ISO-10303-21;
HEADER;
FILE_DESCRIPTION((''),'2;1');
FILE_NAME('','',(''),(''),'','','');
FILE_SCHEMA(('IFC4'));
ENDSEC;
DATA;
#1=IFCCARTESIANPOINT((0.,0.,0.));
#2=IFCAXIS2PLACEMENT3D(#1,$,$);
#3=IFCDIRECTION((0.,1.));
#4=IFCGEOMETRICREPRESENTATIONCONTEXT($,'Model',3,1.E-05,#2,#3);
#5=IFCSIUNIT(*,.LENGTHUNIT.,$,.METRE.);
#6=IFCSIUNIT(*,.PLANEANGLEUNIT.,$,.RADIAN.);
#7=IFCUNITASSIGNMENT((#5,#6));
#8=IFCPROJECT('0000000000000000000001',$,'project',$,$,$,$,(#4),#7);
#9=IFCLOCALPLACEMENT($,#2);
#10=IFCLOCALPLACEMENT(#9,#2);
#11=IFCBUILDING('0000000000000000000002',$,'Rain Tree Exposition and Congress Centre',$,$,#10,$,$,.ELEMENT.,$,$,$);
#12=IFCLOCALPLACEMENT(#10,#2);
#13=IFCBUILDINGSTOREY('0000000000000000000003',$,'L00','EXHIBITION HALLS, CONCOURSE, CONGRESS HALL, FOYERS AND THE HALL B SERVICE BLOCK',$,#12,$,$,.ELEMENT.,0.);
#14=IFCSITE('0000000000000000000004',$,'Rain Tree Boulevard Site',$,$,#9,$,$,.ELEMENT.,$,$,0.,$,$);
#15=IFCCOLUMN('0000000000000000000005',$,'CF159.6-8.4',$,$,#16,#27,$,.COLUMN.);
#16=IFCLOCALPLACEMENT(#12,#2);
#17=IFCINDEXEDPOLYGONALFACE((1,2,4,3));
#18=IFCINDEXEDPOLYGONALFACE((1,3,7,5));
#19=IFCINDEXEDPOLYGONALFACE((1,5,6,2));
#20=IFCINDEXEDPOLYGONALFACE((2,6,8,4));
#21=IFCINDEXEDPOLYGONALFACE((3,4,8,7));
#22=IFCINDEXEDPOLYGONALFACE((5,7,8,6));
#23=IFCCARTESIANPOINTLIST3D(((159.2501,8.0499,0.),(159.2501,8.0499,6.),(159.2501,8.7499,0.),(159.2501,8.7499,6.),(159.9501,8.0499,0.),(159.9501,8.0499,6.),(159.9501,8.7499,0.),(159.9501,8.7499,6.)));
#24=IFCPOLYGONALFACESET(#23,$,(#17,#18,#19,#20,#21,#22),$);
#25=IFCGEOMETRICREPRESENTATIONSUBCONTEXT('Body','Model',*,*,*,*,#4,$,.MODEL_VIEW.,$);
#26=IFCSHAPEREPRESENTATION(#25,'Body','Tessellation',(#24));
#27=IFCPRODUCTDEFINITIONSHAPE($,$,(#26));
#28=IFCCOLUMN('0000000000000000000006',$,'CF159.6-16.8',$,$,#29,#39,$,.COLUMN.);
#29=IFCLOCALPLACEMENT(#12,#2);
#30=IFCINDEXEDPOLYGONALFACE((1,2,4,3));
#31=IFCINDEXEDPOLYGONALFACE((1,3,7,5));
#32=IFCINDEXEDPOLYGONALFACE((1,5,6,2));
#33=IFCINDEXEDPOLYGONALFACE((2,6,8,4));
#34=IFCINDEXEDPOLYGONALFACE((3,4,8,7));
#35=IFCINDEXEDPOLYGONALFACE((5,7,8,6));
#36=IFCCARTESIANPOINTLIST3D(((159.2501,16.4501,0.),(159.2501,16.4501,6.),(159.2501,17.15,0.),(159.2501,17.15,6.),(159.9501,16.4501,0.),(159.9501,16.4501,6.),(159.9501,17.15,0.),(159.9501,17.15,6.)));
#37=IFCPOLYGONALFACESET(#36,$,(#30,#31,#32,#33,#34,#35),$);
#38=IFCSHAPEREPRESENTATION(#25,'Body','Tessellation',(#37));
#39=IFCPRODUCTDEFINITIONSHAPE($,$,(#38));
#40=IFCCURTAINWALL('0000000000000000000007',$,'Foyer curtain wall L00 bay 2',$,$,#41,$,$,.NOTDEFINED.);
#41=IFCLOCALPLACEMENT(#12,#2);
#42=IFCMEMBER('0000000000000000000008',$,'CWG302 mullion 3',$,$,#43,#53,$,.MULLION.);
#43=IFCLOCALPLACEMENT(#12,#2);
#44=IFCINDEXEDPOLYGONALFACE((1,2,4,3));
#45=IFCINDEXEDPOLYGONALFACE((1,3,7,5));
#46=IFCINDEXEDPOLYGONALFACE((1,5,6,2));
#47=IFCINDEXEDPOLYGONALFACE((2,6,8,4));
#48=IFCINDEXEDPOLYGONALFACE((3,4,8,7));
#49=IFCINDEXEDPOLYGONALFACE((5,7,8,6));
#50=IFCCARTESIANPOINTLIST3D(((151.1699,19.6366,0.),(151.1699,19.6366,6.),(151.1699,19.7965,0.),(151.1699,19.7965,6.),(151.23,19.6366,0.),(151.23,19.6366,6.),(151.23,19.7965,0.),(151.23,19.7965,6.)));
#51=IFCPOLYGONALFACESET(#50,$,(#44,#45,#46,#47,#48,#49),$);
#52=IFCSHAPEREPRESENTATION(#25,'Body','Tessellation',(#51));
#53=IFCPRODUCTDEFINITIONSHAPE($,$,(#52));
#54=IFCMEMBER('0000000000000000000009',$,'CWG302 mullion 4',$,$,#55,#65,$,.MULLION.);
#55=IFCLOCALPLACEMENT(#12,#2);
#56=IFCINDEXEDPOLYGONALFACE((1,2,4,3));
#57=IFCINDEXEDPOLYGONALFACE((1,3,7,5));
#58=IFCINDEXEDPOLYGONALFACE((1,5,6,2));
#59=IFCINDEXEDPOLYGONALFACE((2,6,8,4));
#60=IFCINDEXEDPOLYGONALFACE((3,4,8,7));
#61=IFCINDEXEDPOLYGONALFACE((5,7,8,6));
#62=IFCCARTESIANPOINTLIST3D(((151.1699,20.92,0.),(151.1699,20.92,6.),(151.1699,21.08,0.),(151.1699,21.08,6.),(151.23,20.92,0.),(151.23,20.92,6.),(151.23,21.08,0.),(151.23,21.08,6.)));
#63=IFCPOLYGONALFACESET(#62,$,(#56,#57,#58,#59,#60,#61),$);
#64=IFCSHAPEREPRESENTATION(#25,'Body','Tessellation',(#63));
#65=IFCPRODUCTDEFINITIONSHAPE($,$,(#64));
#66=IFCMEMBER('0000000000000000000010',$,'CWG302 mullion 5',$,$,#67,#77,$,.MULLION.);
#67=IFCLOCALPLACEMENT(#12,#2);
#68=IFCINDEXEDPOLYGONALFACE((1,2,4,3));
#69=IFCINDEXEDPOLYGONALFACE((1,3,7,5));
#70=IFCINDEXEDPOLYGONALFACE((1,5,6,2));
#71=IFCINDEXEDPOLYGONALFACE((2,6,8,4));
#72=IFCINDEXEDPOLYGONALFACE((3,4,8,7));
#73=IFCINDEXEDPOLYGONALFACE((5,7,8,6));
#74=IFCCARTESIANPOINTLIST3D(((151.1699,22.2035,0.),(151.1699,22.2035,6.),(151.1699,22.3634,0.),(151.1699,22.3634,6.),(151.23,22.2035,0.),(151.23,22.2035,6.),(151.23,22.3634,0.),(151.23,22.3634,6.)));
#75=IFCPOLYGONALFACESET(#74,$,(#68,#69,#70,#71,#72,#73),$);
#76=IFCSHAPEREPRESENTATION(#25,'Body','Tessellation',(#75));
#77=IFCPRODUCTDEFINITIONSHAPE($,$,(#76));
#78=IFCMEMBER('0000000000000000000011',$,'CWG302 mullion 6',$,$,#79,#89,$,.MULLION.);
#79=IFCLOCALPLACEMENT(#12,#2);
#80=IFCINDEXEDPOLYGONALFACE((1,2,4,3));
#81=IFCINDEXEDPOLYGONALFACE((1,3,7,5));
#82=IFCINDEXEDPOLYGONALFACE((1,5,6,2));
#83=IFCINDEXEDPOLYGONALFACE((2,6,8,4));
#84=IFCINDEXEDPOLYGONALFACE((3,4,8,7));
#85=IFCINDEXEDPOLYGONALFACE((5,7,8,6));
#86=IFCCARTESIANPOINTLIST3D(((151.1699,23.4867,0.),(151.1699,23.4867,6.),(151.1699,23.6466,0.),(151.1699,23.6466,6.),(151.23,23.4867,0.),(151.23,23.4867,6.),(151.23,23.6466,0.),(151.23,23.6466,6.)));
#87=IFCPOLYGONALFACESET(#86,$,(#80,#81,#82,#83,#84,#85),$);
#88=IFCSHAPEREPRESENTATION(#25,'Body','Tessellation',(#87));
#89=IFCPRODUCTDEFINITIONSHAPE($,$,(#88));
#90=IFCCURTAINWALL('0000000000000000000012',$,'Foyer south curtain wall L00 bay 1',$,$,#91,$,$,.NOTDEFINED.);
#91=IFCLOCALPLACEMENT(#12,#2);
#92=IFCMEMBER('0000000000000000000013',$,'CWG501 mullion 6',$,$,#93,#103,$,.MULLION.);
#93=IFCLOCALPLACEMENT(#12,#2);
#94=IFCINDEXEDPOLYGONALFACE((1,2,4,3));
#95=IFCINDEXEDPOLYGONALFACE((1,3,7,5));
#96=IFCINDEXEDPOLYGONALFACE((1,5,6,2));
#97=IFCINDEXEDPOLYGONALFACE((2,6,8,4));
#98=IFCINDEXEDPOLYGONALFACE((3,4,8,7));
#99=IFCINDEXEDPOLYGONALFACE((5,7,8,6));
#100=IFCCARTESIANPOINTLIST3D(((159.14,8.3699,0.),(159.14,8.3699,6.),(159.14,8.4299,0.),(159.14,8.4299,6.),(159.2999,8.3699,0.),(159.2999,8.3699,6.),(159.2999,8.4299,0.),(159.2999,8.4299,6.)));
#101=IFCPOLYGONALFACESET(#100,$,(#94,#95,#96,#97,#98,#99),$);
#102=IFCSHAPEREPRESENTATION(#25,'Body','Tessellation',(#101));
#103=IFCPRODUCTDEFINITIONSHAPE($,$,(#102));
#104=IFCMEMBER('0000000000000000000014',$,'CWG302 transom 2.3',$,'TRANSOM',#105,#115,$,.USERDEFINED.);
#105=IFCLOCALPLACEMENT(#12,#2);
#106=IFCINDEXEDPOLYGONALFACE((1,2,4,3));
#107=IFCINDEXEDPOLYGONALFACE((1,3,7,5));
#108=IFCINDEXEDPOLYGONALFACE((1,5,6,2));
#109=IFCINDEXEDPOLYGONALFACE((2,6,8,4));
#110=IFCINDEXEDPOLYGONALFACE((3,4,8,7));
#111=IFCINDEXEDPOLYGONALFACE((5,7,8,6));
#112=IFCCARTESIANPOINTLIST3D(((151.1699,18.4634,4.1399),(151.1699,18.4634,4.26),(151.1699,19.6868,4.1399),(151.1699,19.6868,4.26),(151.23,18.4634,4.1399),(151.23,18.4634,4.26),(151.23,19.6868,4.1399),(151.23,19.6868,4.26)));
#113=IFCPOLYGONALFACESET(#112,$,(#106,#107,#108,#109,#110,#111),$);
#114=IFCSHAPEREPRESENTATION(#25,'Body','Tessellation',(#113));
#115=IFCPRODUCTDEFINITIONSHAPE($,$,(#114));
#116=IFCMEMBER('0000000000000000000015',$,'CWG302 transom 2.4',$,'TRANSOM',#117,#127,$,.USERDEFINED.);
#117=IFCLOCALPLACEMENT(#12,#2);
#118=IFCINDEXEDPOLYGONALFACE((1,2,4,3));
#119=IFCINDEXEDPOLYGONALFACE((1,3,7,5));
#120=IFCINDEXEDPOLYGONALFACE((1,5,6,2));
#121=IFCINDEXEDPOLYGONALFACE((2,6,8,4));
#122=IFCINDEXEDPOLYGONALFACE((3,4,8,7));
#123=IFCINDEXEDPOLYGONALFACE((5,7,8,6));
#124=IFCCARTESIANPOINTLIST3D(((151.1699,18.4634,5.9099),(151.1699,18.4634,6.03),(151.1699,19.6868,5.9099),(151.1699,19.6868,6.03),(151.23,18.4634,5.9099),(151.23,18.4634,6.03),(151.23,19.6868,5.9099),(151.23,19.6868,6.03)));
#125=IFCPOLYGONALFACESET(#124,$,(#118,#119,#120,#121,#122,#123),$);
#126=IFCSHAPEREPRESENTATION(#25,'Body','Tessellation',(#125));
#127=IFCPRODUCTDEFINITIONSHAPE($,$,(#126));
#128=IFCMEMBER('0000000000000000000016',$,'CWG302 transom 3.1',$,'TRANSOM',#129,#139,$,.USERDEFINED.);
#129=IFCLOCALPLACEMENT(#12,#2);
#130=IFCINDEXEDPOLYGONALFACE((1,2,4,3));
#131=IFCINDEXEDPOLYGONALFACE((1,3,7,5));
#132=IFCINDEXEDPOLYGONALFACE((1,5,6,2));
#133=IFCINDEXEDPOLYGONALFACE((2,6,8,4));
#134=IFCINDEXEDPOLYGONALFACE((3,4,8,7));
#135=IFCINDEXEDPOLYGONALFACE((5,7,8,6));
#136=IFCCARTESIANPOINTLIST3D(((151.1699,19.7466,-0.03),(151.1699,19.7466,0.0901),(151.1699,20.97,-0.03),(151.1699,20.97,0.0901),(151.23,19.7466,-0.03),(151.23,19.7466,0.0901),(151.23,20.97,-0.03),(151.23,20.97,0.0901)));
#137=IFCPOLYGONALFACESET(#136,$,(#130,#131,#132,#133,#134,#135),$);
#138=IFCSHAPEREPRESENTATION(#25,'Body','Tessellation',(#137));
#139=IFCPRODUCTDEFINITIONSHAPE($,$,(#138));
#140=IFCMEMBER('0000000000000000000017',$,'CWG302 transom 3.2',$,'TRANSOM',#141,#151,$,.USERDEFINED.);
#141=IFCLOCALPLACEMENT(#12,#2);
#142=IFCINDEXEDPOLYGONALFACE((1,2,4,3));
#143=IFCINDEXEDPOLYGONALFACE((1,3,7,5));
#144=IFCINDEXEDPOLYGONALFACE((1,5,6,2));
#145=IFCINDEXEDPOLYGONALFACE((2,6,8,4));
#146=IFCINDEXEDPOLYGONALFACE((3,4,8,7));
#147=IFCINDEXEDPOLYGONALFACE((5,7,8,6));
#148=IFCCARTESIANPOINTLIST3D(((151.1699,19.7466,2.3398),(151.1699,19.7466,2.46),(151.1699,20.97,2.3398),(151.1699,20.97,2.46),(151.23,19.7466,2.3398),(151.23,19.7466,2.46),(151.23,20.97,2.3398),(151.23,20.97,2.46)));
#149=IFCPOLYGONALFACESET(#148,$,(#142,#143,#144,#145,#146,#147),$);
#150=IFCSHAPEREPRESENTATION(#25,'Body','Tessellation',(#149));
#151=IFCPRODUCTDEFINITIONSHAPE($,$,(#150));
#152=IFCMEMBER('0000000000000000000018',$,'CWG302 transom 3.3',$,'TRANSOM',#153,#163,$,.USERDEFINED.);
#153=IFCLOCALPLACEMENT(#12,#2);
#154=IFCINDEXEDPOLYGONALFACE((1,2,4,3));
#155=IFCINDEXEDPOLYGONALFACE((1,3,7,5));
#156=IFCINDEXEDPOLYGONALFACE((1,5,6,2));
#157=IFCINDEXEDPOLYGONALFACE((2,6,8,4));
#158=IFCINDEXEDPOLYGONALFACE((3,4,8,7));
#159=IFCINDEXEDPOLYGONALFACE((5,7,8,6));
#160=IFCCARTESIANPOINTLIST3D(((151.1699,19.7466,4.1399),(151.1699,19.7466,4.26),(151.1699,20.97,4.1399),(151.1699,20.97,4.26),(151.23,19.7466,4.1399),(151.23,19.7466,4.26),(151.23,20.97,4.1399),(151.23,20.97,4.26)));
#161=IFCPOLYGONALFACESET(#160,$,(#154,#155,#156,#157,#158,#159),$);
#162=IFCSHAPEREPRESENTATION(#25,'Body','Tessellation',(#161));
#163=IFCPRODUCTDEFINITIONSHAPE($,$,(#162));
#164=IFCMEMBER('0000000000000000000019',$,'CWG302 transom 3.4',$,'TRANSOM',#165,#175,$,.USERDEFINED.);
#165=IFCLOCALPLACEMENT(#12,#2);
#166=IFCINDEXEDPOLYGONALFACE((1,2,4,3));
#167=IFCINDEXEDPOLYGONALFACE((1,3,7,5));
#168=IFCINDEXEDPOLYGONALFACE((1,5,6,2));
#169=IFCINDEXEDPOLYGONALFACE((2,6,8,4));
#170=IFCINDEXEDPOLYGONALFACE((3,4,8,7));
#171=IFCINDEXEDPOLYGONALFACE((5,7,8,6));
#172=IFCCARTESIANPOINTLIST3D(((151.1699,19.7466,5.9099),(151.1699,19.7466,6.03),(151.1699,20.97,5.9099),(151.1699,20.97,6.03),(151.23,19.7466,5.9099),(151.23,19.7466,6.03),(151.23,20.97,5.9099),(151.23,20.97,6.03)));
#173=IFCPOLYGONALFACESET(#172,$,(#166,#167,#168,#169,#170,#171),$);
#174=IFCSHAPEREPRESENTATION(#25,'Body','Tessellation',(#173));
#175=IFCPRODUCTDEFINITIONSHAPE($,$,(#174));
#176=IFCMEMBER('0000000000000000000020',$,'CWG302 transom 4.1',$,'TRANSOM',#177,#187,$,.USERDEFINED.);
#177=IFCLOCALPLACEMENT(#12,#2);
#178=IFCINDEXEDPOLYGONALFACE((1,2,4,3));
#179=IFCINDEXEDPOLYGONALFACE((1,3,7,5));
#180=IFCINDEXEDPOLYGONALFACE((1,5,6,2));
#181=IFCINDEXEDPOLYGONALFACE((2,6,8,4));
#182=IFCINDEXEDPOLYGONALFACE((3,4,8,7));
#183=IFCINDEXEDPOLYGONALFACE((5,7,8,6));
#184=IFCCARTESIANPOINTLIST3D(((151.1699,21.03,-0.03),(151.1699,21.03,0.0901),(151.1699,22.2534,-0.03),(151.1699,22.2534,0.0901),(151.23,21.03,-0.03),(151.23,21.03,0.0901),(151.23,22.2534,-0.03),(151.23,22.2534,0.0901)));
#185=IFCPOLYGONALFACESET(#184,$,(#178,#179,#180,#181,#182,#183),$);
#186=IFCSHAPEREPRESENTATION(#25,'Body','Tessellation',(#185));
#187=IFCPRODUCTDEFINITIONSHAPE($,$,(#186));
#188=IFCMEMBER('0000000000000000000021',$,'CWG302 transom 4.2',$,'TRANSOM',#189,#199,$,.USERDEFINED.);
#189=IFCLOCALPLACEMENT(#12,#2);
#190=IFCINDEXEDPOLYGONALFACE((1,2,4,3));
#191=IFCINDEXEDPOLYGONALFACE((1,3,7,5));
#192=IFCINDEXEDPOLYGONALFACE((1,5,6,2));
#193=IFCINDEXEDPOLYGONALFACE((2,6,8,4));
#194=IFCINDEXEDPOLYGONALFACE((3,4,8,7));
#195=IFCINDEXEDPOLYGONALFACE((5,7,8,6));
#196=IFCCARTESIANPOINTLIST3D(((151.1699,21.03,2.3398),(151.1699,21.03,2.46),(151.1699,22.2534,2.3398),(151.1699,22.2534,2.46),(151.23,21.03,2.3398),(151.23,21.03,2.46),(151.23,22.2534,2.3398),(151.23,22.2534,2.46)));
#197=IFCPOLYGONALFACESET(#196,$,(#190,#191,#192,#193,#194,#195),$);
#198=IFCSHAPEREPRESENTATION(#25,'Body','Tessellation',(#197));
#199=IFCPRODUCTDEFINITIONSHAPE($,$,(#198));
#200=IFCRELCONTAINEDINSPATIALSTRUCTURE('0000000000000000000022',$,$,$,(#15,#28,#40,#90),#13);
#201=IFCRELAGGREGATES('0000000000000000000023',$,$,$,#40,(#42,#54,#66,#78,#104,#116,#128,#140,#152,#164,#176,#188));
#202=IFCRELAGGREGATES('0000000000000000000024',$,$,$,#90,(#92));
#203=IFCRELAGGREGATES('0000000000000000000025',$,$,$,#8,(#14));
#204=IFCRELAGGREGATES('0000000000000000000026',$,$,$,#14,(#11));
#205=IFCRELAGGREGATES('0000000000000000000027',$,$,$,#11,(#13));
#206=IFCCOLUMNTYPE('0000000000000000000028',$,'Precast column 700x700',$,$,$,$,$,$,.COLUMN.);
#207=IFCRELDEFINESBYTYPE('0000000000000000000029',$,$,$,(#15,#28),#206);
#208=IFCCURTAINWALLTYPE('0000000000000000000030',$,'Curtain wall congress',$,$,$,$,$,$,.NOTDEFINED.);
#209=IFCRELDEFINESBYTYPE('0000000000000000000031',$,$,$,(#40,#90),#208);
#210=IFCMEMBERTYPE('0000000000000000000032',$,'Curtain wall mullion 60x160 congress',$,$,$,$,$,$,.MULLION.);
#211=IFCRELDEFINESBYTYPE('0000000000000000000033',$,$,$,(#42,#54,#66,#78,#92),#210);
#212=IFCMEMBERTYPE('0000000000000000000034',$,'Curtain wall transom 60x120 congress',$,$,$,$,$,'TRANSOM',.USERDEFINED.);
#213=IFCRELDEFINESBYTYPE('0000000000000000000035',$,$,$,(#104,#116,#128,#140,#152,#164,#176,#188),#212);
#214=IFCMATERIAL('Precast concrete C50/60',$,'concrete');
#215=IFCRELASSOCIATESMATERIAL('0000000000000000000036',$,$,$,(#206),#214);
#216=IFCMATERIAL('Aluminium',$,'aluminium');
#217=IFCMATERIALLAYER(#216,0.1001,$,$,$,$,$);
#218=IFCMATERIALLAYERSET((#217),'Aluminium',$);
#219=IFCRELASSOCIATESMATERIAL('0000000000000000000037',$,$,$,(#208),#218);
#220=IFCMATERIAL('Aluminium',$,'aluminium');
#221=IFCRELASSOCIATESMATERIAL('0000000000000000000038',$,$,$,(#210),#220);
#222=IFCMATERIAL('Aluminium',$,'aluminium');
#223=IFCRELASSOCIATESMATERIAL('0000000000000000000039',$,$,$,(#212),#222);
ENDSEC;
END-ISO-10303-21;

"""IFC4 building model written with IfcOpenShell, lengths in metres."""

from ifc_helpers import new_model, si_unit, direction, frame, origin, origin_2d, place, context, subcontext, project, spatial, rectangle, extrude, material, layer, layer_set, material_profile, profile_set, type_object, element, aggregate, save


model = new_model("IFC4")

# Units and contexts
model_context = context("Model", 3, precision=1e-05, world=origin(), true_north=direction((0.0, 1.0)))
body_context = subcontext(model_context, "Body", "Model", "MODEL_VIEW")
ifc_project = project(units=[si_unit("LENGTHUNIT", "METRE"), si_unit("PLANEANGLEUNIT", "RADIAN")], contexts=[model_context])

# Site, building, storey
site_placement = place(None, origin())
site = spatial("IfcSite", under=ifc_project, at=site_placement, Name="Rain Tree Boulevard Site", CompositionType="ELEMENT", RefElevation=0.0)
building_placement = place(site_placement, origin())
building = spatial("IfcBuilding", under=site, at=building_placement, Name="Rain Tree Exposition and Congress Centre", CompositionType="ELEMENT")
storey_placement = place(building_placement, origin())
storey = spatial("IfcBuildingStorey", under=building, at=storey_placement, Name="L00", Description="EXHIBITION HALLS, CONCOURSE, CONGRESS HALL, FOYERS AND THE HALL B SERVICE BLOCK", CompositionType="ELEMENT", Elevation=0.0)

# Columns
ifc_material_1 = material(Name="Precast concrete C50/60", Category="concrete")
ifc_material_profile_1 = material_profile(ifc_material_1, rectangle(XDim=0.7, YDim=0.7, at=origin_2d()), Name="RC 700x700")
ifc_profile_set_1 = profile_set([ifc_material_profile_1], Name="Precast concrete C50/60")
column_type = type_object("IfcColumnType", Name="Precast column 700x700", PredefinedType="COLUMN", material=ifc_profile_set_1)
for number, where, z_axis, x_axis, name in (
    (1, (159.6001, 8.3999, 0.0), (0.0, 0.0, 1.0), (1.0, 0.0, 0.0), "CF159.6-8.4"),
    (2, (159.6001, 16.8, 0.0), (0.0, 0.0, 1.0), (1.0, 0.0, 0.0), "CF159.6-16.8"),
):
    element("IfcColumn", number, at=place(storey_placement, frame(where, z_axis=z_axis, x_axis=x_axis)), inside=storey, type_object=column_type, Name=name, PredefinedType="COLUMN", context=body_context, shape_type="SweptSolid", body=[
        extrude(rectangle(XDim=0.7, YDim=0.7, at=origin_2d()), origin(), (0.0, 0.0, 1.0), 6.0),
    ])

# Curtain wall, members
ifc_material_2 = material(Name="Aluminium", Category="aluminium")
ifc_layer_1 = layer(ifc_material_2, 0.1001)
ifc_layer_set_1 = layer_set([ifc_layer_1], Name="Aluminium")
curtain_wall_type = type_object("IfcCurtainWallType", Name="Curtain wall congress", PredefinedType="NOTDEFINED", material=ifc_layer_set_1)
curtain_wall_1_placement = place(storey_placement, origin())
curtain_wall_1 = element("IfcCurtainWall", 3, at=curtain_wall_1_placement, inside=storey, type_object=curtain_wall_type, Name="Foyer curtain wall L00 bay 2", PredefinedType="NOTDEFINED")
ifc_material_3 = material(Name="Aluminium", Category="aluminium")
ifc_material_profile_2 = material_profile(ifc_material_3, rectangle(XDim=0.0601, YDim=0.1599, at=origin_2d()), Name="AL 60x160")
ifc_profile_set_2 = profile_set([ifc_material_profile_2], Name="Aluminium")
member_type_1 = type_object("IfcMemberType", Name="Curtain wall mullion 60x160 congress", PredefinedType="MULLION", material=ifc_profile_set_2)
member_1_placement = place(storey_placement, frame((151.2, 19.7166, 0.0), z_axis=(0.0, 0.0, 1.0), x_axis=(-1.0, 0.0, 0.0)))
member_1 = element("IfcMember", 4, at=member_1_placement, type_object=member_type_1, Name="CWG302 mullion 3", PredefinedType="MULLION", context=body_context, shape_type="SweptSolid", body=[
    extrude(rectangle(XDim=0.0601, YDim=0.1599, at=origin_2d()), origin(), (0.0, 0.0, 1.0), 6.0),
])
member_2_placement = place(storey_placement, frame((151.2, 21.0, 0.0), z_axis=(0.0, 0.0, 1.0), x_axis=(-1.0, 0.0, 0.0)))
member_2 = element("IfcMember", 5, at=member_2_placement, type_object=member_type_1, Name="CWG302 mullion 4", PredefinedType="MULLION", context=body_context, shape_type="SweptSolid", body=[
    extrude(rectangle(XDim=0.0601, YDim=0.1599, at=origin_2d()), origin(), (0.0, 0.0, 1.0), 6.0),
])
member_3_placement = place(storey_placement, frame((151.2, 22.2834, 0.0), z_axis=(0.0, 0.0, 1.0), x_axis=(-1.0, 0.0, 0.0)))
member_3 = element("IfcMember", 6, at=member_3_placement, type_object=member_type_1, Name="CWG302 mullion 5", PredefinedType="MULLION", context=body_context, shape_type="SweptSolid", body=[
    extrude(rectangle(XDim=0.0601, YDim=0.1599, at=origin_2d()), origin(), (0.0, 0.0, 1.0), 6.0),
])
member_4_placement = place(storey_placement, frame((151.2, 23.5667, 0.0), z_axis=(0.0, 0.0, 1.0), x_axis=(-1.0, 0.0, 0.0)))
member_4 = element("IfcMember", 7, at=member_4_placement, type_object=member_type_1, Name="CWG302 mullion 6", PredefinedType="MULLION", context=body_context, shape_type="SweptSolid", body=[
    extrude(rectangle(XDim=0.0601, YDim=0.1599, at=origin_2d()), origin(), (0.0, 0.0, 1.0), 6.0),
])

# Curtain wall, member
curtain_wall_2_placement = place(storey_placement, origin())
curtain_wall_2 = element("IfcCurtainWall", 8, at=curtain_wall_2_placement, inside=storey, type_object=curtain_wall_type, Name="Foyer south curtain wall L00 bay 1", PredefinedType="NOTDEFINED")
member_5_placement = place(storey_placement, frame((159.22, 8.3999, 0.0), z_axis=(0.0, 0.0, 1.0), x_axis=(0.0, 1.0, 0.0)))
member_5 = element("IfcMember", 9, at=member_5_placement, type_object=member_type_1, Name="CWG501 mullion 6", PredefinedType="MULLION", context=body_context, shape_type="SweptSolid", body=[
    extrude(rectangle(XDim=0.0601, YDim=0.1599, at=origin_2d()), origin(), (0.0, 0.0, 1.0), 6.0),
])

# Members
ifc_material_4 = material(Name="Aluminium", Category="aluminium")
ifc_material_profile_3 = material_profile(ifc_material_4, rectangle(XDim=0.0601, YDim=0.1201, at=origin_2d()), Name="AL 60x120")
ifc_profile_set_3 = profile_set([ifc_material_profile_3], Name="Aluminium")
member_type_2 = type_object("IfcMemberType", Name="Curtain wall transom 60x120 congress", ElementType="TRANSOM", PredefinedType="USERDEFINED", material=ifc_profile_set_3)
member_6_placement = place(storey_placement, frame((151.2, 18.4634, 4.2), z_axis=(0.0, 1.0, 0.0), x_axis=(-1.0, 0.0, 0.0)))
member_6 = element("IfcMember", 10, at=member_6_placement, type_object=member_type_2, Name="CWG302 transom 2.3", ObjectType="TRANSOM", PredefinedType="USERDEFINED", context=body_context, shape_type="SweptSolid", body=[
    extrude(rectangle(XDim=0.0601, YDim=0.1201, at=origin_2d()), origin(), (0.0, 0.0, 1.0), 1.2234),
])
member_7_placement = place(storey_placement, frame((151.2, 18.4634, 5.97), z_axis=(0.0, 1.0, 0.0), x_axis=(-1.0, 0.0, 0.0)))
member_7 = element("IfcMember", 11, at=member_7_placement, type_object=member_type_2, Name="CWG302 transom 2.4", ObjectType="TRANSOM", PredefinedType="USERDEFINED", context=body_context, shape_type="SweptSolid", body=[
    extrude(rectangle(XDim=0.0601, YDim=0.1201, at=origin_2d()), origin(), (0.0, 0.0, 1.0), 1.2234),
])
member_8_placement = place(storey_placement, frame((151.2, 19.7466, 0.03), z_axis=(0.0, 1.0, 0.0), x_axis=(-1.0, 0.0, 0.0)))
member_8 = element("IfcMember", 12, at=member_8_placement, type_object=member_type_2, Name="CWG302 transom 3.1", ObjectType="TRANSOM", PredefinedType="USERDEFINED", context=body_context, shape_type="SweptSolid", body=[
    extrude(rectangle(XDim=0.0601, YDim=0.1201, at=origin_2d()), origin(), (0.0, 0.0, 1.0), 1.2234),
])
member_9_placement = place(storey_placement, frame((151.2, 19.7466, 2.3999), z_axis=(0.0, 1.0, 0.0), x_axis=(-1.0, 0.0, 0.0)))
member_9 = element("IfcMember", 13, at=member_9_placement, type_object=member_type_2, Name="CWG302 transom 3.2", ObjectType="TRANSOM", PredefinedType="USERDEFINED", context=body_context, shape_type="SweptSolid", body=[
    extrude(rectangle(XDim=0.0601, YDim=0.1201, at=origin_2d()), origin(), (0.0, 0.0, 1.0), 1.2234),
])
member_10_placement = place(storey_placement, frame((151.2, 19.7466, 4.2), z_axis=(0.0, 1.0, 0.0), x_axis=(-1.0, 0.0, 0.0)))
member_10 = element("IfcMember", 14, at=member_10_placement, type_object=member_type_2, Name="CWG302 transom 3.3", ObjectType="TRANSOM", PredefinedType="USERDEFINED", context=body_context, shape_type="SweptSolid", body=[
    extrude(rectangle(XDim=0.0601, YDim=0.1201, at=origin_2d()), origin(), (0.0, 0.0, 1.0), 1.2234),
])
member_11_placement = place(storey_placement, frame((151.2, 19.7466, 5.97), z_axis=(0.0, 1.0, 0.0), x_axis=(-1.0, 0.0, 0.0)))
member_11 = element("IfcMember", 15, at=member_11_placement, type_object=member_type_2, Name="CWG302 transom 3.4", ObjectType="TRANSOM", PredefinedType="USERDEFINED", context=body_context, shape_type="SweptSolid", body=[
    extrude(rectangle(XDim=0.0601, YDim=0.1201, at=origin_2d()), origin(), (0.0, 0.0, 1.0), 1.2234),
])
member_12_placement = place(storey_placement, frame((151.2, 21.03, 0.03), z_axis=(0.0, 1.0, 0.0), x_axis=(-1.0, 0.0, 0.0)))
member_12 = element("IfcMember", 16, at=member_12_placement, type_object=member_type_2, Name="CWG302 transom 4.1", ObjectType="TRANSOM", PredefinedType="USERDEFINED", context=body_context, shape_type="SweptSolid", body=[
    extrude(rectangle(XDim=0.0601, YDim=0.1201, at=origin_2d()), origin(), (0.0, 0.0, 1.0), 1.2234),
])
member_13_placement = place(storey_placement, frame((151.2, 21.03, 2.3999), z_axis=(0.0, 1.0, 0.0), x_axis=(-1.0, 0.0, 0.0)))
member_13 = element("IfcMember", 17, at=member_13_placement, type_object=member_type_2, Name="CWG302 transom 4.2", ObjectType="TRANSOM", PredefinedType="USERDEFINED", context=body_context, shape_type="SweptSolid", body=[
    extrude(rectangle(XDim=0.0601, YDim=0.1201, at=origin_2d()), origin(), (0.0, 0.0, 1.0), 1.2234),
])

aggregate(curtain_wall_1, [member_1, member_2, member_3, member_4, member_6, member_7, member_8, member_9, member_10, member_11, member_12, member_13])
aggregate(curtain_wall_2, [member_5])

save(model, "model.ifc")
